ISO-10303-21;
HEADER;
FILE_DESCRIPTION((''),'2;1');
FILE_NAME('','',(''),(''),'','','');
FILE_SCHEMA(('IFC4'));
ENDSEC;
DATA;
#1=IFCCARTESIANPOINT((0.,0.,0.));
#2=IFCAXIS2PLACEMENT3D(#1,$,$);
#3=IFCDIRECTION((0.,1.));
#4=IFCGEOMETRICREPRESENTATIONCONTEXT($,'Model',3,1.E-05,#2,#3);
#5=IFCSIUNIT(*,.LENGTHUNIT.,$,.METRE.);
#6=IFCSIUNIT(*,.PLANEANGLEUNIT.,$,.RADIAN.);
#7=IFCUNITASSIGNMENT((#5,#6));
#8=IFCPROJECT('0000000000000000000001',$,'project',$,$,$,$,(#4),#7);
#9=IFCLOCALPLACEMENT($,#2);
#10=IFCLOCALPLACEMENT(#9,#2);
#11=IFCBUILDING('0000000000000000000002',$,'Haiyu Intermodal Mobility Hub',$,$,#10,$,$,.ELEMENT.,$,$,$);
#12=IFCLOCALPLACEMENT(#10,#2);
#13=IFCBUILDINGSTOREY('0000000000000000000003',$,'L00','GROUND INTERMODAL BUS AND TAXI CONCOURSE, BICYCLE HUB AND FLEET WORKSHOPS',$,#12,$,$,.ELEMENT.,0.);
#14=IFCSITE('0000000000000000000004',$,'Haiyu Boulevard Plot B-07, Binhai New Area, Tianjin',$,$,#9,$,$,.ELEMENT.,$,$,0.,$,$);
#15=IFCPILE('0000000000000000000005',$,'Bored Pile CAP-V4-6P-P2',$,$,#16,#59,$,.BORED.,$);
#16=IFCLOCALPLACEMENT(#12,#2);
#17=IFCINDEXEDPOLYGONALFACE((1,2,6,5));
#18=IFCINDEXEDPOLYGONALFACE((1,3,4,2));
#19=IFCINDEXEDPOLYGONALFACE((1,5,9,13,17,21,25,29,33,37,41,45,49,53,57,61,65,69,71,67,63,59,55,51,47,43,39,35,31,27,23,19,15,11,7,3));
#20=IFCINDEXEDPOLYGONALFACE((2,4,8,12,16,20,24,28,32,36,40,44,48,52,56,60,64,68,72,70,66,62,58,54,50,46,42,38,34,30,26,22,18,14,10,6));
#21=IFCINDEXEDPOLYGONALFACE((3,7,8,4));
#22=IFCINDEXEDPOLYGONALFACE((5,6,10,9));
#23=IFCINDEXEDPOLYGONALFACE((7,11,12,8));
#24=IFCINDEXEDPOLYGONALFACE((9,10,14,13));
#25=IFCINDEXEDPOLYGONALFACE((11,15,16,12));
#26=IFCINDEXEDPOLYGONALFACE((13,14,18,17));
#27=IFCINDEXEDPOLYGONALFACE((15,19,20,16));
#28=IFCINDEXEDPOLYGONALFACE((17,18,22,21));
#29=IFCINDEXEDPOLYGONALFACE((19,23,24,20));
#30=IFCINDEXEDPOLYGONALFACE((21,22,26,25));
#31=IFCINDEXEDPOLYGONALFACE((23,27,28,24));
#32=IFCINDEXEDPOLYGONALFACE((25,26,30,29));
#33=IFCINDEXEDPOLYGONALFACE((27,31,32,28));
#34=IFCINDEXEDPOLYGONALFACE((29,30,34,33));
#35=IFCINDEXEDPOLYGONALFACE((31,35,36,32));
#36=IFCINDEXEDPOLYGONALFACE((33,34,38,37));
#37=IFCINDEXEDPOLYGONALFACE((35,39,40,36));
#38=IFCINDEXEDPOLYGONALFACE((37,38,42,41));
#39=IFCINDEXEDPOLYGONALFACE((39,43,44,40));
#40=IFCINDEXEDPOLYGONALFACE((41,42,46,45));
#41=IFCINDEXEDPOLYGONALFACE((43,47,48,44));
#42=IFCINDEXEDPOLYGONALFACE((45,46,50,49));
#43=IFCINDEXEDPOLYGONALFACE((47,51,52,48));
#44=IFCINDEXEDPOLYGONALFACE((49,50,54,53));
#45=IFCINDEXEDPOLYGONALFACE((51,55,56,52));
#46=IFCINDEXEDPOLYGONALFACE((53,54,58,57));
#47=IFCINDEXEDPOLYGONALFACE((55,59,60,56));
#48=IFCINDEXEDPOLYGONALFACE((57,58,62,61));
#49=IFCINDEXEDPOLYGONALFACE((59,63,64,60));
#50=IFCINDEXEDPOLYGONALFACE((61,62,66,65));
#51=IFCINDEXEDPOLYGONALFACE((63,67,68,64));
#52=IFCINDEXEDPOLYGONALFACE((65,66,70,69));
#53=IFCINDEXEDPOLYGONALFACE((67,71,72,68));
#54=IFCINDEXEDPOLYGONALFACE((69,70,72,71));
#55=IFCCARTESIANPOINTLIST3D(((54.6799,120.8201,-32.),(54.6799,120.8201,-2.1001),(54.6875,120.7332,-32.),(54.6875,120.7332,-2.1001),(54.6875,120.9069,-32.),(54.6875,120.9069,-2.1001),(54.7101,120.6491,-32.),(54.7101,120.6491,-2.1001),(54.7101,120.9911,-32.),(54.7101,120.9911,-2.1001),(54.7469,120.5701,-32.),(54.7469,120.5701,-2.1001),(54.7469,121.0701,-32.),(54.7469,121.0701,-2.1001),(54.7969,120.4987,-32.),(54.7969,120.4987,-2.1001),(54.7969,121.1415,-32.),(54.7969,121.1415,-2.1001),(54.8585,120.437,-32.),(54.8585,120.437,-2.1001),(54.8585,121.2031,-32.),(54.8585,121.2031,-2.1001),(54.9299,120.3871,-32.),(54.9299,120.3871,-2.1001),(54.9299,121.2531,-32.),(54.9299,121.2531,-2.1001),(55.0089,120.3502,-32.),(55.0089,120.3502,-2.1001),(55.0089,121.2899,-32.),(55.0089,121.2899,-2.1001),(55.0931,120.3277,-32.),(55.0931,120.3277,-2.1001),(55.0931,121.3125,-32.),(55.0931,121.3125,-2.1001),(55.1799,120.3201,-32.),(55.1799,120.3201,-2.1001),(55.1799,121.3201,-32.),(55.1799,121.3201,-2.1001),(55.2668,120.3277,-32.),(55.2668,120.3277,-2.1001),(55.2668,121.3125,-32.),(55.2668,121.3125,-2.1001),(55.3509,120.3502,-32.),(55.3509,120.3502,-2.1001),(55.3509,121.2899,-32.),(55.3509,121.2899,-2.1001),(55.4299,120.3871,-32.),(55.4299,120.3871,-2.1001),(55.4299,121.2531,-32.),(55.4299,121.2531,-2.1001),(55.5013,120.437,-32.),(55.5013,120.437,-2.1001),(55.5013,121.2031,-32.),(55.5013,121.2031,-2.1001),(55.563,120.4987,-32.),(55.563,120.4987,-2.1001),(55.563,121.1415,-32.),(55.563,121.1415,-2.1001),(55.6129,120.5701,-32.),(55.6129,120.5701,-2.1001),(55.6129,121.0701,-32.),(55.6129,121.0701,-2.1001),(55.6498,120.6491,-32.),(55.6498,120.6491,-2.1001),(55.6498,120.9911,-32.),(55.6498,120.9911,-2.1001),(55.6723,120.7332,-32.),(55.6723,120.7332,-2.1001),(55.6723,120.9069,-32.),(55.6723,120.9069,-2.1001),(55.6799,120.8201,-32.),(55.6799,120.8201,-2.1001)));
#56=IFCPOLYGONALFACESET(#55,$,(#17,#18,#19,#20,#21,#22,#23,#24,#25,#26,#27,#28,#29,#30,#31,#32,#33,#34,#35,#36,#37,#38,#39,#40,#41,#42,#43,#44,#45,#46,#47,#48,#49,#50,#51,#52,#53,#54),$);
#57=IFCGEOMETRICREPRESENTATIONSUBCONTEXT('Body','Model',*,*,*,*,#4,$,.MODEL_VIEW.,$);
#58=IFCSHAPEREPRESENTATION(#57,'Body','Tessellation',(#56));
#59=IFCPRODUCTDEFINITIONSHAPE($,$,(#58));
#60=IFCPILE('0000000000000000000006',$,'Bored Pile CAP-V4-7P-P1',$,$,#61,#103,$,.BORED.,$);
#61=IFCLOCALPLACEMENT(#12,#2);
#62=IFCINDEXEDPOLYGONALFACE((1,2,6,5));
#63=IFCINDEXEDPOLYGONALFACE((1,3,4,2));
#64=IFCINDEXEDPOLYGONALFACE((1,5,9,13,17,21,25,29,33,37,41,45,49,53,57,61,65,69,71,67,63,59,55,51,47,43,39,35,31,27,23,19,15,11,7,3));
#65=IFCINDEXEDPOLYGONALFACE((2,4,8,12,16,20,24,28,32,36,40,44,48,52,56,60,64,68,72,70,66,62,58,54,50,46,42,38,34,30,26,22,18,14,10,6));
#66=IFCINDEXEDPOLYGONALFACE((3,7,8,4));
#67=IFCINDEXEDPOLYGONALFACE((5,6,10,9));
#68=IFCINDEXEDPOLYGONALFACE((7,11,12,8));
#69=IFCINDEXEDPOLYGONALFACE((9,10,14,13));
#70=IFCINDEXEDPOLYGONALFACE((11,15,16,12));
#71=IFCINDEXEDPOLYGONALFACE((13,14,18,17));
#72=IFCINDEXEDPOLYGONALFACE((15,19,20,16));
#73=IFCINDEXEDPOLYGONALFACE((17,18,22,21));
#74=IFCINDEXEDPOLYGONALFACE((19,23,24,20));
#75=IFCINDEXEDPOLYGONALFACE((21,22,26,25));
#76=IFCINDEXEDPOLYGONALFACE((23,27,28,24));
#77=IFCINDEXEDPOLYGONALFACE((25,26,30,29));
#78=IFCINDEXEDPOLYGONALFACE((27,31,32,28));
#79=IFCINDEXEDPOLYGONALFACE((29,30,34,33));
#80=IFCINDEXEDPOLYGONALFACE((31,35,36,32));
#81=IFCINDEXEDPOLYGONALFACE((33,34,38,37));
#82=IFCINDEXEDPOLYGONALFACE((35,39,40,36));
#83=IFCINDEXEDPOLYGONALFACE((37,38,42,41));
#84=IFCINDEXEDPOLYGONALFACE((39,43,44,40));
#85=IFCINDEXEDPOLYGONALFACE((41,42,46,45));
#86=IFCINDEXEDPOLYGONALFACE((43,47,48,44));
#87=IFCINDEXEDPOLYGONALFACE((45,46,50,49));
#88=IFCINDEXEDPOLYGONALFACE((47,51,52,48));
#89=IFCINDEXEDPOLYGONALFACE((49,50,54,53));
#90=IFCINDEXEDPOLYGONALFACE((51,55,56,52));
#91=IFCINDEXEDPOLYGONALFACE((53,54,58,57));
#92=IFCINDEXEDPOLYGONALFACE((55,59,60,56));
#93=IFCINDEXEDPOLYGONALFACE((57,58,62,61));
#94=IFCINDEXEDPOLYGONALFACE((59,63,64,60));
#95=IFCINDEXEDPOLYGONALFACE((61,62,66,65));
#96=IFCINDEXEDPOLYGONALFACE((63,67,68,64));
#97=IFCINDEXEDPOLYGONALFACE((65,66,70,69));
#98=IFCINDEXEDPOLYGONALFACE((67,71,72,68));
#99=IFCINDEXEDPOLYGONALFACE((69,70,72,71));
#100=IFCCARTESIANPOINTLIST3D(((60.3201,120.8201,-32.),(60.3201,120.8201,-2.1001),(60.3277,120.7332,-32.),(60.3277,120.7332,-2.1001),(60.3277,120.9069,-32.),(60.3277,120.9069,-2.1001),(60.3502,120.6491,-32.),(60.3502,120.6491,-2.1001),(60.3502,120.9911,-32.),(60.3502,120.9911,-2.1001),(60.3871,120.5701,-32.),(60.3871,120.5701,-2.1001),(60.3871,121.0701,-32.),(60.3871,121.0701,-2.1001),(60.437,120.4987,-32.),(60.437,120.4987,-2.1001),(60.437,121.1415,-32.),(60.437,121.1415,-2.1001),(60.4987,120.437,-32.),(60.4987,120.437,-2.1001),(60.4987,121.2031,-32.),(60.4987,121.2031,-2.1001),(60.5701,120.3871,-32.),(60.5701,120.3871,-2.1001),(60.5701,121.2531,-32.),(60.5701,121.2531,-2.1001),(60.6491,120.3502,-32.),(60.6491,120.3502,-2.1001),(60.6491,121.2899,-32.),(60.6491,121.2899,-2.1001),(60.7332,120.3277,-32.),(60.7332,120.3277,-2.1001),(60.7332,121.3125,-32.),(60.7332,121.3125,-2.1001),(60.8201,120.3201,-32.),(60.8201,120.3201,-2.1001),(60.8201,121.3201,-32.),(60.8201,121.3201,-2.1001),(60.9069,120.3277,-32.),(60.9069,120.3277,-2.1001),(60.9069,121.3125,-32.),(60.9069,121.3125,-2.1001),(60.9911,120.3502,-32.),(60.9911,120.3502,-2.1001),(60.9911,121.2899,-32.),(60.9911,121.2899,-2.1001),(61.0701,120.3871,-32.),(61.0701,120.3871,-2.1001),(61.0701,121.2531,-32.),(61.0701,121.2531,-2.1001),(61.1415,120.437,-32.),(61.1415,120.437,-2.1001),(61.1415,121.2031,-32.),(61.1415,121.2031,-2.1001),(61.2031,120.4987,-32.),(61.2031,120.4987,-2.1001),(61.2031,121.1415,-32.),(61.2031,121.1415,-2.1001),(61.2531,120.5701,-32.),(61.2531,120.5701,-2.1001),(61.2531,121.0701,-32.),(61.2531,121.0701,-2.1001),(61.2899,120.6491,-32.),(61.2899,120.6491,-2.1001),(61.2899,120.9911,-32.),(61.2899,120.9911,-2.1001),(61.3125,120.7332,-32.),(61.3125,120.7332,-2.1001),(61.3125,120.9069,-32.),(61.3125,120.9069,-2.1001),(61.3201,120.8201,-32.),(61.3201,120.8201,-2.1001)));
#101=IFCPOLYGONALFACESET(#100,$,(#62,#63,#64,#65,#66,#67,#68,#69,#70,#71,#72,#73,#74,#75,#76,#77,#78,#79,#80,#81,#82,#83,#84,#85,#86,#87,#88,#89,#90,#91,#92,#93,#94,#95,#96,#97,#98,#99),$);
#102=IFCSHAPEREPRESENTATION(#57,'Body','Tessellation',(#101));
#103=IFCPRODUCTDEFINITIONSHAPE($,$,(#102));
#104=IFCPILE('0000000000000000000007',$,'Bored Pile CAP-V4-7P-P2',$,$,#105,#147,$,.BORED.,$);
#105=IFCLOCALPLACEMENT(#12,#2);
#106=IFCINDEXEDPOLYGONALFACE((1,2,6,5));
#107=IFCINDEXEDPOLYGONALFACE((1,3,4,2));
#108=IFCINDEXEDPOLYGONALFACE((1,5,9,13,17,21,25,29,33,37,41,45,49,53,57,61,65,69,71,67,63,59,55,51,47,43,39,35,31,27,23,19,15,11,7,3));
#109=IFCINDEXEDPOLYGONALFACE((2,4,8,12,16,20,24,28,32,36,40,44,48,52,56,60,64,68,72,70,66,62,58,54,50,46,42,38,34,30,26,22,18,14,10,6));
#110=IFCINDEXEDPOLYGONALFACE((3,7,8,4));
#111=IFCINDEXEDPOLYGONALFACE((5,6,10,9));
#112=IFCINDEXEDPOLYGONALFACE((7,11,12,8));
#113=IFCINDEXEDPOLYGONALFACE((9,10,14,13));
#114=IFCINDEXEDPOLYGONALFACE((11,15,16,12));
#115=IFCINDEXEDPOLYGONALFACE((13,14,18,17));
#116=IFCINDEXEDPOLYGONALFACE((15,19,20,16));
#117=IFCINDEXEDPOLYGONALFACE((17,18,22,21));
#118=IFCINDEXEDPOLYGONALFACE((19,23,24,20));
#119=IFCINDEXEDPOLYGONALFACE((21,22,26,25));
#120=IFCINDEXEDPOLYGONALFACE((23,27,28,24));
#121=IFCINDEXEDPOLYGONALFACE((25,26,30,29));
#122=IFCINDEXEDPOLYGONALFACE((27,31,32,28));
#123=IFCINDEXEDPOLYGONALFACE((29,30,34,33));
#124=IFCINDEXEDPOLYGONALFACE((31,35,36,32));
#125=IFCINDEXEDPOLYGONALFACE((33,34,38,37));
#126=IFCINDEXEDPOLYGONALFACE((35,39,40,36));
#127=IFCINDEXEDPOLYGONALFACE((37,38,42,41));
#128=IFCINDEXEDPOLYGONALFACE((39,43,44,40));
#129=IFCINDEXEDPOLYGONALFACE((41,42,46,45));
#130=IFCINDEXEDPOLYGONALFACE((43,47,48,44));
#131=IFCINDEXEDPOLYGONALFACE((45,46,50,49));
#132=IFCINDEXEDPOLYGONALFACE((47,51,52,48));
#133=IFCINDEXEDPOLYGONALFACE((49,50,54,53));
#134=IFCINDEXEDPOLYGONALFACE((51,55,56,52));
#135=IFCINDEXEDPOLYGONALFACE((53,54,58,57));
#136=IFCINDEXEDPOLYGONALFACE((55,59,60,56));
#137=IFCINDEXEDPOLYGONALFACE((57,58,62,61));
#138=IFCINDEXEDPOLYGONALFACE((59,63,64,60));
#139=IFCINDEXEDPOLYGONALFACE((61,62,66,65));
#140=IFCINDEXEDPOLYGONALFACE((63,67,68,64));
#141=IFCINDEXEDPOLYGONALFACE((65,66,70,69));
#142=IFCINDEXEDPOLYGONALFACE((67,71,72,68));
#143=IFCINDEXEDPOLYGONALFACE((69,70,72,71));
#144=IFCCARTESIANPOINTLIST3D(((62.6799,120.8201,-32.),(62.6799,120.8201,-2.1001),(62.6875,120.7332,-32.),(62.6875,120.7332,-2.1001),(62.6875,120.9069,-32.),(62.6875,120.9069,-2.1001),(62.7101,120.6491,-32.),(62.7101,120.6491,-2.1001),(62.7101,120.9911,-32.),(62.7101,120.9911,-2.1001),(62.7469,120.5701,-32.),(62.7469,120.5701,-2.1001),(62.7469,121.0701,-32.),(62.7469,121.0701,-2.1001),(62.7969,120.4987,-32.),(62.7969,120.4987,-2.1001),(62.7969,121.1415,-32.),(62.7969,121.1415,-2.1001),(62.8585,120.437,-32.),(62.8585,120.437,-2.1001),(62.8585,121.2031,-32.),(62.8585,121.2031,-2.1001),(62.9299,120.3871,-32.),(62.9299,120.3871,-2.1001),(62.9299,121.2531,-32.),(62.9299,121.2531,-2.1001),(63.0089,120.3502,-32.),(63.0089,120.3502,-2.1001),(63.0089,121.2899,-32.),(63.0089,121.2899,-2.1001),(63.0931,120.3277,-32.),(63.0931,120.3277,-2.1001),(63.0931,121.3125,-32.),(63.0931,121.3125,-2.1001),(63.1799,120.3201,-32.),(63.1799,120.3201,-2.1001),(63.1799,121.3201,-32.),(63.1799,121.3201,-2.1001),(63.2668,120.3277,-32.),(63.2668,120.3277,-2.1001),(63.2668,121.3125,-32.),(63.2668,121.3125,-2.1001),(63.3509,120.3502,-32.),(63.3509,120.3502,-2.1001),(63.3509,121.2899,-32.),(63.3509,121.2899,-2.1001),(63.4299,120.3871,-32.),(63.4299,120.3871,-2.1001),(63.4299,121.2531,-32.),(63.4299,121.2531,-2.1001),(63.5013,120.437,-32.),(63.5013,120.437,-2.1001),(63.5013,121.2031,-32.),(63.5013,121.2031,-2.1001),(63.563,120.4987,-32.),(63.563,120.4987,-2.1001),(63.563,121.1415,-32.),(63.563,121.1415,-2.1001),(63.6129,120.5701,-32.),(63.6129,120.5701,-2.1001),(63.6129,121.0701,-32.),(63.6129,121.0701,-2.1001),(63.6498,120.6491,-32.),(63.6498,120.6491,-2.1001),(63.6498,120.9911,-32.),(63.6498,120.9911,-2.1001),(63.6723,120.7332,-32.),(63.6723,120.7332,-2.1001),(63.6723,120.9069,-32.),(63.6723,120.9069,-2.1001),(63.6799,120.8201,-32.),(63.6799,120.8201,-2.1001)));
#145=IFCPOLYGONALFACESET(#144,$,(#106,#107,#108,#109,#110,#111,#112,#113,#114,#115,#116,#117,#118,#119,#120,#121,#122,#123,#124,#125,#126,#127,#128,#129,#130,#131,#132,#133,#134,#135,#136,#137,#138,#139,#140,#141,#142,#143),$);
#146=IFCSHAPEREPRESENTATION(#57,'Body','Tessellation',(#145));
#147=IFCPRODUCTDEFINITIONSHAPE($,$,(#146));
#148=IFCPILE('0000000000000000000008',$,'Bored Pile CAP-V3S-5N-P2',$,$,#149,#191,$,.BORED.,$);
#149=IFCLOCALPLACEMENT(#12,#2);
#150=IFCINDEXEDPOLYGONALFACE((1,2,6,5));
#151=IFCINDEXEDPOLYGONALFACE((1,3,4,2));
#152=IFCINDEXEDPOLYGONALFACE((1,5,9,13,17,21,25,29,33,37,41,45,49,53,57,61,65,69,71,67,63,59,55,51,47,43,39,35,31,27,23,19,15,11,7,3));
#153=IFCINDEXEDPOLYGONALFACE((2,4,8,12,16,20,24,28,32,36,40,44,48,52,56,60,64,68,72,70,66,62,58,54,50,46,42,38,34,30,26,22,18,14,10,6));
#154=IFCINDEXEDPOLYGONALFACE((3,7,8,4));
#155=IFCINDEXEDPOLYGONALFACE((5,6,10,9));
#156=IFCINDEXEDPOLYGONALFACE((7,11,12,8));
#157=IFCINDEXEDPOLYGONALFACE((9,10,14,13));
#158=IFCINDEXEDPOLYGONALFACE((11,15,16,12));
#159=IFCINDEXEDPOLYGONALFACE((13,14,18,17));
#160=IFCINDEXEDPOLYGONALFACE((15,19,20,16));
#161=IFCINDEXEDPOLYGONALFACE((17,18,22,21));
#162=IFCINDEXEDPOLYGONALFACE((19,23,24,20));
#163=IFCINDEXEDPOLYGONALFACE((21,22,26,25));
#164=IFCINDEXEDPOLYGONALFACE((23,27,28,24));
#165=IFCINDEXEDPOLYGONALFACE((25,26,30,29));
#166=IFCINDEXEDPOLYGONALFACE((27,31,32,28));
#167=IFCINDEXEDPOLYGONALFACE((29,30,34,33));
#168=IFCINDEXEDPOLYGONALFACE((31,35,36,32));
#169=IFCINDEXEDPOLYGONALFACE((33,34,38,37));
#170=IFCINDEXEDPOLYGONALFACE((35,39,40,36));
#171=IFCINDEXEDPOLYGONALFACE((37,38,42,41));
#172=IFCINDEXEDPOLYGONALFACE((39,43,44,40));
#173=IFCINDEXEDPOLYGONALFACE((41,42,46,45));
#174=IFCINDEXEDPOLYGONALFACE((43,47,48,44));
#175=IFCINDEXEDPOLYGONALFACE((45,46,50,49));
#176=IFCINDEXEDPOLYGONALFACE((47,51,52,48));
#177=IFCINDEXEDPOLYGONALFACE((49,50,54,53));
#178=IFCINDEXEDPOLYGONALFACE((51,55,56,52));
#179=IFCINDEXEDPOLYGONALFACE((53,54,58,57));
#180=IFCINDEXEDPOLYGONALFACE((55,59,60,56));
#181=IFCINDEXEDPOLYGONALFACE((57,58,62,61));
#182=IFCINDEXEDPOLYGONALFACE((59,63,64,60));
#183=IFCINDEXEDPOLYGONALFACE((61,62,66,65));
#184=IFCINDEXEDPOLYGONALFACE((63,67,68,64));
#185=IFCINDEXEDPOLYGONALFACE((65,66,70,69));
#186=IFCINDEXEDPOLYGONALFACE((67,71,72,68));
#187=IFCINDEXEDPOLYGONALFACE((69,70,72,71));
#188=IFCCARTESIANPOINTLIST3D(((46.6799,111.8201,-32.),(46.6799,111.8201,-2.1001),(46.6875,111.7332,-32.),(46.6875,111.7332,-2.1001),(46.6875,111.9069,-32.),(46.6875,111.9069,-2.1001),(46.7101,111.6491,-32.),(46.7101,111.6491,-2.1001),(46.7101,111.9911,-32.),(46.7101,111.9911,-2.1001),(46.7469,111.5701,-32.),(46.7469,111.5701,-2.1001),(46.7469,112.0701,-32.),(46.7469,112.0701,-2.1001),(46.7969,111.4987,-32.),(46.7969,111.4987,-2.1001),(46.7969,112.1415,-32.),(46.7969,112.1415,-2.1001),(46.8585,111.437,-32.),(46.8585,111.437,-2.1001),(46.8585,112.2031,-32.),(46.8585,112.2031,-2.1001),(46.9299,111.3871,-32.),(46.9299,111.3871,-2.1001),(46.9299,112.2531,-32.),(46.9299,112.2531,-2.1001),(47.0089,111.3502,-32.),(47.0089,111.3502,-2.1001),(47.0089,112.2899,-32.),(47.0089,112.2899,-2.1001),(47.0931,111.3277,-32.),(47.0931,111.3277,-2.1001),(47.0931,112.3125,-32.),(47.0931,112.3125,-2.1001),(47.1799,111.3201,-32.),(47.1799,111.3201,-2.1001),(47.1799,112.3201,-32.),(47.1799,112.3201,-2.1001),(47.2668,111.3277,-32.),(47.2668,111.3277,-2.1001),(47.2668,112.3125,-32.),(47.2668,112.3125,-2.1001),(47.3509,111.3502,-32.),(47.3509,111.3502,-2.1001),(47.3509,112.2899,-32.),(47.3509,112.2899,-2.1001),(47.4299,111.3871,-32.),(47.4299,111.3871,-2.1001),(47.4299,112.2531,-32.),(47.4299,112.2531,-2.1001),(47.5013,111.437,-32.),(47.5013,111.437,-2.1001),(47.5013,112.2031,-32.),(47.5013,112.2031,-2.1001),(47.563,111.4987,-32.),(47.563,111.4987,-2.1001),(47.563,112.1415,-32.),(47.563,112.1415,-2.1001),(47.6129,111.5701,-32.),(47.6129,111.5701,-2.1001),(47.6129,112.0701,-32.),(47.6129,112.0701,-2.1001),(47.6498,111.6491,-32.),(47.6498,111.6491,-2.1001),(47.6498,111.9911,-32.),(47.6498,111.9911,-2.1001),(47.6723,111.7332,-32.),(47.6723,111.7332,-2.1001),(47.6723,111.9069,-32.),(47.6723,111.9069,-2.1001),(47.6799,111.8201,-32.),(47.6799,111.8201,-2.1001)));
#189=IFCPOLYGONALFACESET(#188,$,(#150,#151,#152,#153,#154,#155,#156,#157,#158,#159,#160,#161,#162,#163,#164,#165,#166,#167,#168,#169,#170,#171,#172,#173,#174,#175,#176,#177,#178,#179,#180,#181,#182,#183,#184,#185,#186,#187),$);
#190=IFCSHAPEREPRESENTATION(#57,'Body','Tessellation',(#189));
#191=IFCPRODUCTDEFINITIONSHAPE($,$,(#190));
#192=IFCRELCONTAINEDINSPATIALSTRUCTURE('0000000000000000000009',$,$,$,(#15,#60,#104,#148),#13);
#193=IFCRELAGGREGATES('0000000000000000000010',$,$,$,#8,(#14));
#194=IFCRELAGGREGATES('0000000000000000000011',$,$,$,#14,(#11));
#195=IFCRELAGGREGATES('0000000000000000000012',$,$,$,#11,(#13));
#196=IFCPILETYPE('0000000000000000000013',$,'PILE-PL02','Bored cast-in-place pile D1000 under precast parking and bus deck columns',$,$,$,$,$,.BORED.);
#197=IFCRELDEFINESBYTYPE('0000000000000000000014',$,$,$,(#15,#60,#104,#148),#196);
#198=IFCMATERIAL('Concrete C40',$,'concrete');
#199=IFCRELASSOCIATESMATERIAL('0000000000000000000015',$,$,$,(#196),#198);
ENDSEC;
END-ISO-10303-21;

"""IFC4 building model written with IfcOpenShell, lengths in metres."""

from ifc_helpers import new_model, si_unit, direction, frame, origin, origin_2d, place, context, subcontext, project, spatial, circle, extrude, material, material_profile, profile_set, type_object, element, save


model = new_model("IFC4")

# Units and contexts
model_context = context("Model", 3, precision=1e-05, world=origin(), true_north=direction((0.0, 1.0)))
body_context = subcontext(model_context, "Body", "Model", "MODEL_VIEW")
ifc_project = project(units=[si_unit("LENGTHUNIT", "METRE"), si_unit("PLANEANGLEUNIT", "RADIAN")], contexts=[model_context])

# Site, building, storey
site_placement = place(None, origin())
site = spatial("IfcSite", under=ifc_project, at=site_placement, Name="Haiyu Boulevard Plot B-07, Binhai New Area, Tianjin", CompositionType="ELEMENT", RefElevation=0.0)
building_placement = place(site_placement, origin())
building = spatial("IfcBuilding", under=site, at=building_placement, Name="Haiyu Intermodal Mobility Hub", CompositionType="ELEMENT")
storey_placement = place(building_placement, origin())
storey = spatial("IfcBuildingStorey", under=building, at=storey_placement, Name="L00", Description="GROUND INTERMODAL BUS AND TAXI CONCOURSE, BICYCLE HUB AND FLEET WORKSHOPS", CompositionType="ELEMENT", Elevation=0.0)

# Shared definitions
ifc_material_1 = material(Name="Concrete C40", Category="concrete")

# Piles
ifc_material_profile_1 = material_profile(ifc_material_1, circle(Radius=0.5, at=origin_2d()), Name="PILE-D1000")
ifc_profile_set_1 = profile_set([ifc_material_profile_1], Name="Concrete C40")
pile_type_1 = type_object("IfcPileType", Name="PILE-PL02", Description="Bored cast-in-place pile D1000 under precast parking and bus deck columns", PredefinedType="BORED", material=ifc_profile_set_1)
for number, where, z_axis, x_axis, name in (
    (1, (55.1799, 120.8201, -2.1001), (0.0, 0.0, -1.0), (1.0, 0.0, 0.0), "Bored Pile CAP-V4-6P-P2"),
    (2, (60.8201, 120.8201, -2.1001), (0.0, 0.0, -1.0), (1.0, 0.0, 0.0), "Bored Pile CAP-V4-7P-P1"),
    (3, (63.1799, 120.8201, -2.1001), (0.0, 0.0, -1.0), (1.0, 0.0, 0.0), "Bored Pile CAP-V4-7P-P2"),
    (4, (47.1799, 111.8201, -2.1001), (0.0, 0.0, -1.0), (1.0, 0.0, 0.0), "Bored Pile CAP-V3S-5N-P2"),
):
    element("IfcPile", number, at=place(storey_placement, frame(where, z_axis=z_axis, x_axis=x_axis)), inside=storey, type_object=pile_type_1, Name=name, PredefinedType="BORED", context=body_context, shape_type="SweptSolid", body=[
        extrude(circle(Radius=0.5, at=origin_2d()), origin(), (0.0, 0.0, 1.0), 29.8999),
    ])

save(model, "model.ifc")
